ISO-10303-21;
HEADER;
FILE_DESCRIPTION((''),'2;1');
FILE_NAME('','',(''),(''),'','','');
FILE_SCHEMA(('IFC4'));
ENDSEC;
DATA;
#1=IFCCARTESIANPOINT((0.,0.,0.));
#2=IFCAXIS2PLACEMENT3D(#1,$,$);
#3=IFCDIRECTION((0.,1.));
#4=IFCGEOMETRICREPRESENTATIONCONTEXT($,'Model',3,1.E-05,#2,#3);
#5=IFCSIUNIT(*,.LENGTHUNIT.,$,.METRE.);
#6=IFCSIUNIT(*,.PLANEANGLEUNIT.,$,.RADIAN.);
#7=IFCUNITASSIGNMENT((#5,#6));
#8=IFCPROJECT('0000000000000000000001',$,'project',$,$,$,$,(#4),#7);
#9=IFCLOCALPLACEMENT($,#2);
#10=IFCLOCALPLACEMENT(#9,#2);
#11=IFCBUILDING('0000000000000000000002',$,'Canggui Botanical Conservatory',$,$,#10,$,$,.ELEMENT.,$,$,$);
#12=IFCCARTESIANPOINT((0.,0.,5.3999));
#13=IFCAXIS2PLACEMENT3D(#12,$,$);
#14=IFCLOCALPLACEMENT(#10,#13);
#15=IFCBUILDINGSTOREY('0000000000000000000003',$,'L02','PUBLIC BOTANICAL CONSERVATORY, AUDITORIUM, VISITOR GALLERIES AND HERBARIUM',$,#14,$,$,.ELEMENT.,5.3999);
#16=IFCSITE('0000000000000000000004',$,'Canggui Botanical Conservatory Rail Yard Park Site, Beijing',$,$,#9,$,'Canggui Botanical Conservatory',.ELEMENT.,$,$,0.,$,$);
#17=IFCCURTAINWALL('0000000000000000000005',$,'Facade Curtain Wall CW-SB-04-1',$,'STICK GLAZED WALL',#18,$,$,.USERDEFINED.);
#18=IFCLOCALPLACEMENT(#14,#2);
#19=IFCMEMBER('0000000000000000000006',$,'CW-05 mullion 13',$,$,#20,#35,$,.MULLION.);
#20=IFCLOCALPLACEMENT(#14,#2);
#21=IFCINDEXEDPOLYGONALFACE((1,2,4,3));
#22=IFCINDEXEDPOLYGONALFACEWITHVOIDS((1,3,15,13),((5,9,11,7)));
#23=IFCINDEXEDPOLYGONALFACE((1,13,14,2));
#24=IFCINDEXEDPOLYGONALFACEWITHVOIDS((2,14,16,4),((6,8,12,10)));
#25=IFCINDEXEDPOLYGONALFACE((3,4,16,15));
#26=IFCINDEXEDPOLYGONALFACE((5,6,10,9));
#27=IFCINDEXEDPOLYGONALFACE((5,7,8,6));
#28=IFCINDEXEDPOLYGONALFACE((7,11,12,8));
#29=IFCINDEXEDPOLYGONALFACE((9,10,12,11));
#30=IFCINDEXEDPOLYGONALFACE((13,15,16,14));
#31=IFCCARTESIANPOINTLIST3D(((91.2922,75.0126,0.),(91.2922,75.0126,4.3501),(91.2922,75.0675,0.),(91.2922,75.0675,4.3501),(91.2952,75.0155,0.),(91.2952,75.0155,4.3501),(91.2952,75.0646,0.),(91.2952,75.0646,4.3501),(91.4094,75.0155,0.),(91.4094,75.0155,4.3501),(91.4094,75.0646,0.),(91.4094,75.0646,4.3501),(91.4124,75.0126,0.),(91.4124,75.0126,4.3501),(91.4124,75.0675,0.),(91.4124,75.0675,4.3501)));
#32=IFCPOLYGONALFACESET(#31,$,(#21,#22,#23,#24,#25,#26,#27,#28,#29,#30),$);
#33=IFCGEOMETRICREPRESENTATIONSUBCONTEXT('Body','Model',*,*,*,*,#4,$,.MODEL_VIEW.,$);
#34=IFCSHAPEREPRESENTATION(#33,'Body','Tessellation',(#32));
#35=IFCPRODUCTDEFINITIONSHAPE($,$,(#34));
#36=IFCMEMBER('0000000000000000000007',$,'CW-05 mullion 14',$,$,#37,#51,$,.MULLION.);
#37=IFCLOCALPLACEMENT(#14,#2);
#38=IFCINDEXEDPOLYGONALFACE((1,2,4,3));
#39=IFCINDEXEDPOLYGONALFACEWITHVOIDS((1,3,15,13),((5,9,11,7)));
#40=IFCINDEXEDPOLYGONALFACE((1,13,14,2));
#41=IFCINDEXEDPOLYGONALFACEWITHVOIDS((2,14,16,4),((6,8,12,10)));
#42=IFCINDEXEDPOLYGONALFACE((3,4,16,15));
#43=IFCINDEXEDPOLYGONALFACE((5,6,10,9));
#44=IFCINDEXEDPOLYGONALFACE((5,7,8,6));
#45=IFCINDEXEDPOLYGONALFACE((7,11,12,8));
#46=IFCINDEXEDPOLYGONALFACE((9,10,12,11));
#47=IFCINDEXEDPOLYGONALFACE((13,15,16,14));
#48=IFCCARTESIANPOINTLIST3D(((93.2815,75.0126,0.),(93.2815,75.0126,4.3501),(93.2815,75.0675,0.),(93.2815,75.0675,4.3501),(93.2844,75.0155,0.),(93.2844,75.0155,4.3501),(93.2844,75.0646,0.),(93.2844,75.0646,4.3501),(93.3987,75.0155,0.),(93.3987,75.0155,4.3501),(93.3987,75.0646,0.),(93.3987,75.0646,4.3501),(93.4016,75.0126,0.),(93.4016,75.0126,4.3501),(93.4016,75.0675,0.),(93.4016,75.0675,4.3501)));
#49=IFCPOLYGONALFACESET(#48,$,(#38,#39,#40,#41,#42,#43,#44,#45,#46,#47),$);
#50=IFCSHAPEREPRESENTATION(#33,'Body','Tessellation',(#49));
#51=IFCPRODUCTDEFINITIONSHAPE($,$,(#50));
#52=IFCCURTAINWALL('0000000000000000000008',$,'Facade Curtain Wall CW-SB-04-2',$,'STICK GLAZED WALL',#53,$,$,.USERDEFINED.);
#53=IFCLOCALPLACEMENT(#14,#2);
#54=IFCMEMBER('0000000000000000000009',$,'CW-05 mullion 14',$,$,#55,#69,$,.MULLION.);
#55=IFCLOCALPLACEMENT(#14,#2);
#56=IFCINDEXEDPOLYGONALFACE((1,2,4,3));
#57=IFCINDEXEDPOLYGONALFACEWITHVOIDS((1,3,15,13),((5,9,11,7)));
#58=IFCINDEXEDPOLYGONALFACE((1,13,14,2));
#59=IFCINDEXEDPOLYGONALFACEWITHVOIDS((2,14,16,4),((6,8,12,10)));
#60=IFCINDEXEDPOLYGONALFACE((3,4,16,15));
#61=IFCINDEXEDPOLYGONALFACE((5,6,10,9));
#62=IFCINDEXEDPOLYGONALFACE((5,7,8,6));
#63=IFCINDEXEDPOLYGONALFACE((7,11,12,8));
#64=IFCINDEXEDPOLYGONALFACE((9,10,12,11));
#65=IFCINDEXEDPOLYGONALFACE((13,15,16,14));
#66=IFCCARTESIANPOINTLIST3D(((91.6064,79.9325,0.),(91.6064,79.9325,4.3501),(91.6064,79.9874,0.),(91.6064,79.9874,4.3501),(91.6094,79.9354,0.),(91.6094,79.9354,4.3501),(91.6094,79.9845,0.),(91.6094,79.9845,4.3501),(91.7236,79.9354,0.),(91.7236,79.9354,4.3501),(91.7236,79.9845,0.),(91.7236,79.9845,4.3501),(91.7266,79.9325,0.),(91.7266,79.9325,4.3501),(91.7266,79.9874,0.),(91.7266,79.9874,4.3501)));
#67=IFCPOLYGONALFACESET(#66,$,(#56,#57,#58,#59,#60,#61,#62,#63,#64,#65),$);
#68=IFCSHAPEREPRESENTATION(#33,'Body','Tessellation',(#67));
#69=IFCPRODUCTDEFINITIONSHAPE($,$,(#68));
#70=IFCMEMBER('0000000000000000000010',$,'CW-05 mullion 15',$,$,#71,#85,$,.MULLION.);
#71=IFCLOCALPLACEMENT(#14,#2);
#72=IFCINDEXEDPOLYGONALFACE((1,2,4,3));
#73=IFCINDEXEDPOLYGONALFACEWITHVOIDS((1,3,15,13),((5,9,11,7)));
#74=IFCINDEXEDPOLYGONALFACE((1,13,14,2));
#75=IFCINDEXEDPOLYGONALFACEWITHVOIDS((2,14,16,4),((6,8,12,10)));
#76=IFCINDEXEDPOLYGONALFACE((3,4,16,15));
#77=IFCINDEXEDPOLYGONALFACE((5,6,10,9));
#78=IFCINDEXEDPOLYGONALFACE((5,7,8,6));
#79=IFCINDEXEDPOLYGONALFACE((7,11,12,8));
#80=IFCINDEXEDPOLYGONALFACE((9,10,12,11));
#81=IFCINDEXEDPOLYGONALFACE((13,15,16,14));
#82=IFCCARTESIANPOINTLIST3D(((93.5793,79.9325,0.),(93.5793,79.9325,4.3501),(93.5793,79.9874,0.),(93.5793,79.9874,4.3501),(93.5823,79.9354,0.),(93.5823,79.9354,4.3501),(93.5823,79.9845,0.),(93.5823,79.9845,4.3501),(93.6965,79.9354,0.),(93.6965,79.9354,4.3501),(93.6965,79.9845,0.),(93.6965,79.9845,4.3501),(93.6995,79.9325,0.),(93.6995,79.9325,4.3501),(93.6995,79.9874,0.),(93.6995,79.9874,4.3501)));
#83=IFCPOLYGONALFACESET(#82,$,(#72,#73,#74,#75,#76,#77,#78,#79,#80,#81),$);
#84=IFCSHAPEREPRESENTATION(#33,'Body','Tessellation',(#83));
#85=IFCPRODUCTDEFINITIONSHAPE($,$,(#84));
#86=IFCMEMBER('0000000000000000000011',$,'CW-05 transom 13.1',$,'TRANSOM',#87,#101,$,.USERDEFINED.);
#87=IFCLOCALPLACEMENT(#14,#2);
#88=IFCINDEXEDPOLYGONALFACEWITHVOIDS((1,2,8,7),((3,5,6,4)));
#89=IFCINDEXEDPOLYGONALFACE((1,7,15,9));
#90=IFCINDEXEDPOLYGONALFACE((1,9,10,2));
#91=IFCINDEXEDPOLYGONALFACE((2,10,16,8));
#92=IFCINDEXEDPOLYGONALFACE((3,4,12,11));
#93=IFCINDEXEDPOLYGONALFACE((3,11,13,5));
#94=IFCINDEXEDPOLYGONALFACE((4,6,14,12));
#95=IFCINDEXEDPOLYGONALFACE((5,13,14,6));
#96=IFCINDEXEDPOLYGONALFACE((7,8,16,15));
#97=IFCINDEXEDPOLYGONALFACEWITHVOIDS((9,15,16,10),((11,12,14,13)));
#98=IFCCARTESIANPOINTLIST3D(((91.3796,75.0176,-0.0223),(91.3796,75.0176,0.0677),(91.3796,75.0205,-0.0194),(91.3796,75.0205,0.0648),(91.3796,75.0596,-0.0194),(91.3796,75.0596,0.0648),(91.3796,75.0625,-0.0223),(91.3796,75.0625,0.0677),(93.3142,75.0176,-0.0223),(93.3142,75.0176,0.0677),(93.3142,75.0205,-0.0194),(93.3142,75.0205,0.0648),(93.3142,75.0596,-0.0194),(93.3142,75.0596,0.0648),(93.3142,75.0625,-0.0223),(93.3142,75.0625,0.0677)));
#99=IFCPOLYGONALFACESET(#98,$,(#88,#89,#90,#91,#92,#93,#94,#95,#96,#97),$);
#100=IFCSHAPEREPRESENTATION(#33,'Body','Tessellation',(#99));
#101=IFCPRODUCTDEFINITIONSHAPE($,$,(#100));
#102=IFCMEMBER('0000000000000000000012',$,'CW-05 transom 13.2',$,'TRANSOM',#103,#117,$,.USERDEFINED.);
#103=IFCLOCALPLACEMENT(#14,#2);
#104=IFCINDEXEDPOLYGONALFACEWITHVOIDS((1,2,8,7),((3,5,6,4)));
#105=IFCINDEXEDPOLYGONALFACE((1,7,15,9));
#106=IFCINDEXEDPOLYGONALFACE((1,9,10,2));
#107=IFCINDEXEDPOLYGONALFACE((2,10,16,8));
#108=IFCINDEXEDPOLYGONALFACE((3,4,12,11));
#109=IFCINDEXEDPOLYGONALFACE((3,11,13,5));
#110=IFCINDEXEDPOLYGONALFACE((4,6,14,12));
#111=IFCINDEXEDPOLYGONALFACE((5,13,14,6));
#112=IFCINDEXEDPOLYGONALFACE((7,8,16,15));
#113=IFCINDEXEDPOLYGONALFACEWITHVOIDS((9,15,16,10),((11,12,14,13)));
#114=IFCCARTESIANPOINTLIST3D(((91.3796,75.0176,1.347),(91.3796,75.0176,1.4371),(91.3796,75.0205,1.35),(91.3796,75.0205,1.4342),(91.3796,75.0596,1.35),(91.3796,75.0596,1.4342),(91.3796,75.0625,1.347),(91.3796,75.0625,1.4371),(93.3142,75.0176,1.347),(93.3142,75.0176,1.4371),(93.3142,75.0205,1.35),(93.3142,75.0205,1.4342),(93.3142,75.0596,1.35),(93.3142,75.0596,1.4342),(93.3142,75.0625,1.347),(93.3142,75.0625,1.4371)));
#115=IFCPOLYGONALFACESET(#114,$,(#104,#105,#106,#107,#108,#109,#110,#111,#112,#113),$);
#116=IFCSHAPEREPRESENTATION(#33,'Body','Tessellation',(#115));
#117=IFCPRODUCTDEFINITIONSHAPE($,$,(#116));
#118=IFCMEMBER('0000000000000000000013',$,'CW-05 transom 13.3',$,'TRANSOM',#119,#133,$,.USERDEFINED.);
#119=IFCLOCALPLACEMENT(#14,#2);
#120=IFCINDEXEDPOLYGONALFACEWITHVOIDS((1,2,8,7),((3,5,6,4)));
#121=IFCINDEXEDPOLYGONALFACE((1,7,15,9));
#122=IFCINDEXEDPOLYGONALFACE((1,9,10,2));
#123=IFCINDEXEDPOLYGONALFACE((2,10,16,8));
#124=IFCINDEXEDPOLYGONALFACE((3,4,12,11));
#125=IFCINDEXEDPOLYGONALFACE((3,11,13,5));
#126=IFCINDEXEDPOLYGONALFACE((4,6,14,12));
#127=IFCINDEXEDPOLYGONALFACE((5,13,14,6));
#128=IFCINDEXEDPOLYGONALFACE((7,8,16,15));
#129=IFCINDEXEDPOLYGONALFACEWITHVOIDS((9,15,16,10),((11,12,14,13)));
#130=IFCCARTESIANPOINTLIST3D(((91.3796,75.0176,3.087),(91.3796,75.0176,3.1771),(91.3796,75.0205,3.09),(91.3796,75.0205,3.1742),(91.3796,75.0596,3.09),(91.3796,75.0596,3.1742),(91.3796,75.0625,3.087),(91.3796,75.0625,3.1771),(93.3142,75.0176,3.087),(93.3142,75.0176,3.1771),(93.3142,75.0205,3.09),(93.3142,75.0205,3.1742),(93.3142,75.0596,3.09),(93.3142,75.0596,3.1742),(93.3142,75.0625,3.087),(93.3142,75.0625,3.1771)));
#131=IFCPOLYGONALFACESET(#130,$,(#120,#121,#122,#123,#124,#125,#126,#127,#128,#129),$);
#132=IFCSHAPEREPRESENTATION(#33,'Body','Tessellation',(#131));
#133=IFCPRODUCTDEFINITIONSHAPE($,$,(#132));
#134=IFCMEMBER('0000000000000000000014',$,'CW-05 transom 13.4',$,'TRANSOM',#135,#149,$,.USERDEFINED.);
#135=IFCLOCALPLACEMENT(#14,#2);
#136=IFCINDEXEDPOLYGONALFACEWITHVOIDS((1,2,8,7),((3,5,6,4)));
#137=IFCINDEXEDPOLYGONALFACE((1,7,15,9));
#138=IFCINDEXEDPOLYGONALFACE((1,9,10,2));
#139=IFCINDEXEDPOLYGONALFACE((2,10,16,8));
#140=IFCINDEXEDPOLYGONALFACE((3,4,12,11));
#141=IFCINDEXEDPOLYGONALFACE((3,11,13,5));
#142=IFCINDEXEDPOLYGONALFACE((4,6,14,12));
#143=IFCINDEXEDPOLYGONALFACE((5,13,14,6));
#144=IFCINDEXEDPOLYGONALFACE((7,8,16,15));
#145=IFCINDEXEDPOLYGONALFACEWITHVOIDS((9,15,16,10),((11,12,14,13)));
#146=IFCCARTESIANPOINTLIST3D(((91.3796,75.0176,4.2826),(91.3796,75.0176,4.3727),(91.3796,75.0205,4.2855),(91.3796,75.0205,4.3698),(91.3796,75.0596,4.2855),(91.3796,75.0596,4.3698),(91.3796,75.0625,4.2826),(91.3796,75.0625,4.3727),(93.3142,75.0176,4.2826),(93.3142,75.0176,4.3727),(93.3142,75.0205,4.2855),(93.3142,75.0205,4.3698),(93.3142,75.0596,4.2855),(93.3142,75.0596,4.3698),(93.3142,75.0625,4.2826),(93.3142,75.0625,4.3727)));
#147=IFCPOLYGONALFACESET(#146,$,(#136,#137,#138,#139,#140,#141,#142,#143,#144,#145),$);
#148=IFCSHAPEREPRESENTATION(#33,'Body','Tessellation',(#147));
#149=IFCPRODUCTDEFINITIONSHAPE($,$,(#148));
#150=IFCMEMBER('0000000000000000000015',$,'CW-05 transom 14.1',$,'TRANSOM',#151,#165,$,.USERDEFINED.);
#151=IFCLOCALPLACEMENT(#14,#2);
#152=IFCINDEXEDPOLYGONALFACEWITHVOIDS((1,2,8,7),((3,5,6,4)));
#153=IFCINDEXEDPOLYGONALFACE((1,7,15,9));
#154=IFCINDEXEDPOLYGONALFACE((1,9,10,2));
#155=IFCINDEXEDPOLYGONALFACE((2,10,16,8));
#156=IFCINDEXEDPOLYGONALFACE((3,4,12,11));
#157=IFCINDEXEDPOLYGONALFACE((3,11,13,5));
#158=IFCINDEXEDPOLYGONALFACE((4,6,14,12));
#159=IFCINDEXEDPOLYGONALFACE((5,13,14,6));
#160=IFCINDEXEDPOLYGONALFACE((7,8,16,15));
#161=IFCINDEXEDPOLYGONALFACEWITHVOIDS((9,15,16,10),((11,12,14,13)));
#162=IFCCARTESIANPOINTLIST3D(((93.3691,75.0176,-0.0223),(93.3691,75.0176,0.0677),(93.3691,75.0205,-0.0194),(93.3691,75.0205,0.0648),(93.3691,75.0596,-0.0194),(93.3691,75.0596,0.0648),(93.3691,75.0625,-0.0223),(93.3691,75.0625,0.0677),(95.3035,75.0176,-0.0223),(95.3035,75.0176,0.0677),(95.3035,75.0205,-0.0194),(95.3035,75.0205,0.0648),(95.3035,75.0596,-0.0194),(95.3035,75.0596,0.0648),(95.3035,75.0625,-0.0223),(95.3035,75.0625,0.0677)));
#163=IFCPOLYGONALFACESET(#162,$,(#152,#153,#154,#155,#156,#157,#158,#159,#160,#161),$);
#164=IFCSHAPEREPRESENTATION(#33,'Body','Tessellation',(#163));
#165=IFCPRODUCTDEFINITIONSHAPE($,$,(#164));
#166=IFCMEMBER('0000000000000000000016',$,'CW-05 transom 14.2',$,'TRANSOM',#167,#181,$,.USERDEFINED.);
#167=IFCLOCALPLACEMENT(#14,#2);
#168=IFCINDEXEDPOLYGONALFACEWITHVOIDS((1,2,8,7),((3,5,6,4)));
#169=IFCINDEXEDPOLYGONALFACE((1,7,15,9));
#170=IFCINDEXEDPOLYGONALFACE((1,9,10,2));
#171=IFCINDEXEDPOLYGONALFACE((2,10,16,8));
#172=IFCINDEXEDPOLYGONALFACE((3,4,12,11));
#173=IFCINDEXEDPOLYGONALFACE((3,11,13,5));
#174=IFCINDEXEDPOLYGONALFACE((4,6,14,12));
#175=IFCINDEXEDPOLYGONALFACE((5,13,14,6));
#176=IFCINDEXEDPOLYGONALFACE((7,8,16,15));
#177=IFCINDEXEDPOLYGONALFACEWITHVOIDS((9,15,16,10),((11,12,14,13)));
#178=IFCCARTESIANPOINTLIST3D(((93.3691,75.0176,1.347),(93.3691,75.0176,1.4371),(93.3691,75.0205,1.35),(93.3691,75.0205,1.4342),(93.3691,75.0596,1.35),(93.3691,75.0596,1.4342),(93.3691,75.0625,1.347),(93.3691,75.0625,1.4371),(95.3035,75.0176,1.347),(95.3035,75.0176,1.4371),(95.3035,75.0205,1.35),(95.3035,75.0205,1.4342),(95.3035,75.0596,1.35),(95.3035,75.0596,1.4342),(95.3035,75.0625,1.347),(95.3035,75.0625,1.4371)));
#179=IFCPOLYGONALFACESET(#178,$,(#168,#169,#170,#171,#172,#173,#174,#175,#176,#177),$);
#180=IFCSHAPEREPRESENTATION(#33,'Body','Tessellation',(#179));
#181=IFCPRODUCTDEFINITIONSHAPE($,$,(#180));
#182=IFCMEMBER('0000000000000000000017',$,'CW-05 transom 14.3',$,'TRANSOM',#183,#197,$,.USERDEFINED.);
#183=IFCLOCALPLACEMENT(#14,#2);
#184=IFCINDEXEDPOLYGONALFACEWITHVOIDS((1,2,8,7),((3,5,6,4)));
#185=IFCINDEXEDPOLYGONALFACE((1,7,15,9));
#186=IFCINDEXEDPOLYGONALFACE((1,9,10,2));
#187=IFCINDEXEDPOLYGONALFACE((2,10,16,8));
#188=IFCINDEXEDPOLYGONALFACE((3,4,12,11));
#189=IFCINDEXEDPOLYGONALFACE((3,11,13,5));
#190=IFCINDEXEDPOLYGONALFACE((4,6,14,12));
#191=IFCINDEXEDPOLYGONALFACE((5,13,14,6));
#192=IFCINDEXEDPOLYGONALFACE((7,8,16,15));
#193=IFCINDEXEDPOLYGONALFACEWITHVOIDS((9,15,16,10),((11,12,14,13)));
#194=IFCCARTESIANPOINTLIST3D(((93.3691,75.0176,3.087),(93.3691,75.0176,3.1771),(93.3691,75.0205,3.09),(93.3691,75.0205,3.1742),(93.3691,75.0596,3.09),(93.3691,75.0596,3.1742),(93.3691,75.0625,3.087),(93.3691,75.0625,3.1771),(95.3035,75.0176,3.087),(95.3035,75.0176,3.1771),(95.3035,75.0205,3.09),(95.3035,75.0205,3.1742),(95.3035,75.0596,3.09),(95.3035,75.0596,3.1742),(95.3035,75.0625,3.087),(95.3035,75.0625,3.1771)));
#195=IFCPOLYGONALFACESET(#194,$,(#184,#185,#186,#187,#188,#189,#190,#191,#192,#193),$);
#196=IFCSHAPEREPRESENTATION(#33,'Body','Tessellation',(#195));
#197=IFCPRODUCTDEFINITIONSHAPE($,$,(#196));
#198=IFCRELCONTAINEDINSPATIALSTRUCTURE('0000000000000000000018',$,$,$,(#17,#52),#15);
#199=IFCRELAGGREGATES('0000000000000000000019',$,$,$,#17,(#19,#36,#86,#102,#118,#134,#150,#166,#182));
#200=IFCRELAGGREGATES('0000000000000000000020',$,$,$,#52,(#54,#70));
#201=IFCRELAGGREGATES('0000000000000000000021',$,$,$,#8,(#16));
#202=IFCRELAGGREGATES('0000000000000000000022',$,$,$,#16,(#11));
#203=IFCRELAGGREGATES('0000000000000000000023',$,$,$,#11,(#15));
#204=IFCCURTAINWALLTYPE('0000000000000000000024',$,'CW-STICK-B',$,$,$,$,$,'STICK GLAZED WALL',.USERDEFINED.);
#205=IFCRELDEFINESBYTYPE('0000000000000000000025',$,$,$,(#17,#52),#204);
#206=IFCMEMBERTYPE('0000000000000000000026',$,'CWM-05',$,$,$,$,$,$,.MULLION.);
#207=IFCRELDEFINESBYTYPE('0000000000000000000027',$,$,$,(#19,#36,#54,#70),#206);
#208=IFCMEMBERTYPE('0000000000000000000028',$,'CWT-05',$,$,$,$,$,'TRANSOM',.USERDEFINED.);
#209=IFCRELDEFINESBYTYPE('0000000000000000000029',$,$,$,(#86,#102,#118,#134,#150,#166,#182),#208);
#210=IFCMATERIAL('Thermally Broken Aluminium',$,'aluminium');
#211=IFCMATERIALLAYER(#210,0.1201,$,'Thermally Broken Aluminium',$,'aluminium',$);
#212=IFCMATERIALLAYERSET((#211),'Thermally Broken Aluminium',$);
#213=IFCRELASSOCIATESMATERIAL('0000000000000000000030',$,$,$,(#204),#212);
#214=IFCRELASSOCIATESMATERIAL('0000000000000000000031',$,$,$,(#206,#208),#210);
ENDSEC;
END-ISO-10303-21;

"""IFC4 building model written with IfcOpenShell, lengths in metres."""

from ifc_helpers import new_model, si_unit, direction, frame, origin, origin_2d, place, context, subcontext, project, spatial, hollow_rectangle, extrude, material, layer, layer_set, material_profile, profile_set, type_object, element, aggregate, save


model = new_model("IFC4")

# Units and contexts
model_context = context("Model", 3, precision=1e-05, world=origin(), true_north=direction((0.0, 1.0)))
body_context = subcontext(model_context, "Body", "Model", "MODEL_VIEW")
ifc_project = project(units=[si_unit("LENGTHUNIT", "METRE"), si_unit("PLANEANGLEUNIT", "RADIAN")], contexts=[model_context])

# Site, building, storey
site_placement = place(None, origin())
site = spatial("IfcSite", under=ifc_project, at=site_placement, Name="Canggui Botanical Conservatory Rail Yard Park Site, Beijing", LongName="Canggui Botanical Conservatory", CompositionType="ELEMENT", RefElevation=0.0)
building_placement = place(site_placement, origin())
building = spatial("IfcBuilding", under=site, at=building_placement, Name="Canggui Botanical Conservatory", CompositionType="ELEMENT")
storey_placement = place(building_placement, frame((0.0, 0.0, 5.3999)))
storey = spatial("IfcBuildingStorey", under=building, at=storey_placement, Name="L02", Description="PUBLIC BOTANICAL CONSERVATORY, AUDITORIUM, VISITOR GALLERIES AND HERBARIUM", CompositionType="ELEMENT", Elevation=5.3999)

# Curtain walls, members
ifc_material_1 = material(Name="Thermally Broken Aluminium", Category="aluminium")
ifc_layer_1 = layer(ifc_material_1, 0.1201, Name="Thermally Broken Aluminium", Category="aluminium")
ifc_layer_set_1 = layer_set([ifc_layer_1], Name="Thermally Broken Aluminium")
curtain_wall_type = type_object("IfcCurtainWallType", Name="CW-STICK-B", ElementType="STICK GLAZED WALL", PredefinedType="USERDEFINED", material=ifc_layer_set_1)
curtain_wall_1_placement = place(storey_placement, origin())
curtain_wall_1 = element("IfcCurtainWall", 1, at=curtain_wall_1_placement, inside=storey, type_object=curtain_wall_type, Name="Facade Curtain Wall CW-SB-04-1", ObjectType="STICK GLAZED WALL", PredefinedType="USERDEFINED")
ifc_material_profile_1 = material_profile(ifc_material_1, hollow_rectangle(XDim=0.0549, YDim=0.1201, WallThickness=0.0029, at=origin_2d()), Name="CWM 55x120x3")
ifc_profile_set_1 = profile_set([ifc_material_profile_1], Name="Thermally Broken Aluminium")
member_type_1 = type_object("IfcMemberType", Name="CWM-05", PredefinedType="MULLION", material=ifc_profile_set_1)
member_1_placement = place(storey_placement, frame((91.3523, 75.04, 0.0), z_axis=(0.0, 0.0, 1.0), x_axis=(0.0, 1.0, 0.0)))
member_1 = element("IfcMember", 2, at=member_1_placement, type_object=member_type_1, Name="CW-05 mullion 13", PredefinedType="MULLION", context=body_context, shape_type="SweptSolid", body=[
    extrude(hollow_rectangle(XDim=0.0549, YDim=0.1201, WallThickness=0.0029, at=origin_2d()), origin(), (0.0, 0.0, 1.0), 4.3501),
])
member_2_placement = place(storey_placement, frame((93.3416, 75.04, 0.0), z_axis=(0.0, 0.0, 1.0), x_axis=(0.0, 1.0, 0.0)))
member_2 = element("IfcMember", 3, at=member_2_placement, type_object=member_type_1, Name="CW-05 mullion 14", PredefinedType="MULLION", context=body_context, shape_type="SweptSolid", body=[
    extrude(hollow_rectangle(XDim=0.0549, YDim=0.1201, WallThickness=0.0029, at=origin_2d()), origin(), (0.0, 0.0, 1.0), 4.3501),
])
curtain_wall_2_placement = place(storey_placement, origin())
curtain_wall_2 = element("IfcCurtainWall", 4, at=curtain_wall_2_placement, inside=storey, type_object=curtain_wall_type, Name="Facade Curtain Wall CW-SB-04-2", ObjectType="STICK GLAZED WALL", PredefinedType="USERDEFINED")
member_3_placement = place(storey_placement, frame((91.6665, 79.96, 0.0), z_axis=(0.0, 0.0, 1.0), x_axis=(0.0, 1.0, 0.0)))
member_3 = element("IfcMember", 5, at=member_3_placement, type_object=member_type_1, Name="CW-05 mullion 14", PredefinedType="MULLION", context=body_context, shape_type="SweptSolid", body=[
    extrude(hollow_rectangle(XDim=0.0549, YDim=0.1201, WallThickness=0.0029, at=origin_2d()), origin(), (0.0, 0.0, 1.0), 4.3501),
])
member_4_placement = place(storey_placement, frame((93.6394, 79.96, 0.0), z_axis=(0.0, 0.0, 1.0), x_axis=(0.0, 1.0, 0.0)))
member_4 = element("IfcMember", 6, at=member_4_placement, type_object=member_type_1, Name="CW-05 mullion 15", PredefinedType="MULLION", context=body_context, shape_type="SweptSolid", body=[
    extrude(hollow_rectangle(XDim=0.0549, YDim=0.1201, WallThickness=0.0029, at=origin_2d()), origin(), (0.0, 0.0, 1.0), 4.3501),
])

# Members
ifc_material_profile_2 = material_profile(ifc_material_1, hollow_rectangle(XDim=0.0449, YDim=0.0901, WallThickness=0.0029, at=origin_2d()), Name="CWT 45x90x3")
ifc_profile_set_2 = profile_set([ifc_material_profile_2], Name="Thermally Broken Aluminium")
member_type_2 = type_object("IfcMemberType", Name="CWT-05", ElementType="TRANSOM", PredefinedType="USERDEFINED", material=ifc_profile_set_2)
member_5_placement = place(storey_placement, frame((91.3796, 75.04, 0.0227), z_axis=(1.0, 0.0, 0.0), x_axis=(0.0, 1.0, 0.0)))
member_5 = element("IfcMember", 7, at=member_5_placement, type_object=member_type_2, Name="CW-05 transom 13.1", ObjectType="TRANSOM", PredefinedType="USERDEFINED", context=body_context, shape_type="SweptSolid", body=[
    extrude(hollow_rectangle(XDim=0.0449, YDim=0.0901, WallThickness=0.0029, at=origin_2d()), origin(), (0.0, 0.0, 1.0), 1.9346),
])
member_6_placement = place(storey_placement, frame((91.3796, 75.04, 1.3921), z_axis=(1.0, 0.0, 0.0), x_axis=(0.0, 1.0, 0.0)))
member_6 = element("IfcMember", 8, at=member_6_placement, type_object=member_type_2, Name="CW-05 transom 13.2", ObjectType="TRANSOM", PredefinedType="USERDEFINED", context=body_context, shape_type="SweptSolid", body=[
    extrude(hollow_rectangle(XDim=0.0449, YDim=0.0901, WallThickness=0.0029, at=origin_2d()), origin(), (0.0, 0.0, 1.0), 1.9346),
])
member_7_placement = place(storey_placement, frame((91.3796, 75.04, 3.1321), z_axis=(1.0, 0.0, 0.0), x_axis=(0.0, 1.0, 0.0)))
member_7 = element("IfcMember", 9, at=member_7_placement, type_object=member_type_2, Name="CW-05 transom 13.3", ObjectType="TRANSOM", PredefinedType="USERDEFINED", context=body_context, shape_type="SweptSolid", body=[
    extrude(hollow_rectangle(XDim=0.0449, YDim=0.0901, WallThickness=0.0029, at=origin_2d()), origin(), (0.0, 0.0, 1.0), 1.9346),
])
member_8_placement = place(storey_placement, frame((91.3796, 75.04, 4.3276), z_axis=(1.0, 0.0, 0.0), x_axis=(0.0, 1.0, 0.0)))
member_8 = element("IfcMember", 10, at=member_8_placement, type_object=member_type_2, Name="CW-05 transom 13.4", ObjectType="TRANSOM", PredefinedType="USERDEFINED", context=body_context, shape_type="SweptSolid", body=[
    extrude(hollow_rectangle(XDim=0.0449, YDim=0.0901, WallThickness=0.0029, at=origin_2d()), origin(), (0.0, 0.0, 1.0), 1.9346),
])
member_9_placement = place(storey_placement, frame((93.3691, 75.04, 0.0227), z_axis=(1.0, 0.0, 0.0), x_axis=(0.0, 1.0, 0.0)))
member_9 = element("IfcMember", 11, at=member_9_placement, type_object=member_type_2, Name="CW-05 transom 14.1", ObjectType="TRANSOM", PredefinedType="USERDEFINED", context=body_context, shape_type="SweptSolid", body=[
    extrude(hollow_rectangle(XDim=0.0449, YDim=0.0901, WallThickness=0.0029, at=origin_2d()), origin(), (0.0, 0.0, 1.0), 1.9343),
])
member_10_placement = place(storey_placement, frame((93.3691, 75.04, 1.3921), z_axis=(1.0, 0.0, 0.0), x_axis=(0.0, 1.0, 0.0)))
member_10 = element("IfcMember", 12, at=member_10_placement, type_object=member_type_2, Name="CW-05 transom 14.2", ObjectType="TRANSOM", PredefinedType="USERDEFINED", context=body_context, shape_type="SweptSolid", body=[
    extrude(hollow_rectangle(XDim=0.0449, YDim=0.0901, WallThickness=0.0029, at=origin_2d()), origin(), (0.0, 0.0, 1.0), 1.9343),
])
member_11_placement = place(storey_placement, frame((93.3691, 75.04, 3.1321), z_axis=(1.0, 0.0, 0.0), x_axis=(0.0, 1.0, 0.0)))
member_11 = element("IfcMember", 13, at=member_11_placement, type_object=member_type_2, Name="CW-05 transom 14.3", ObjectType="TRANSOM", PredefinedType="USERDEFINED", context=body_context, shape_type="SweptSolid", body=[
    extrude(hollow_rectangle(XDim=0.0449, YDim=0.0901, WallThickness=0.0029, at=origin_2d()), origin(), (0.0, 0.0, 1.0), 1.9343),
])

aggregate(curtain_wall_1, [member_1, member_2, member_5, member_6, member_7, member_8, member_9, member_10, member_11])
aggregate(curtain_wall_2, [member_3, member_4])

save(model, "model.ifc")
